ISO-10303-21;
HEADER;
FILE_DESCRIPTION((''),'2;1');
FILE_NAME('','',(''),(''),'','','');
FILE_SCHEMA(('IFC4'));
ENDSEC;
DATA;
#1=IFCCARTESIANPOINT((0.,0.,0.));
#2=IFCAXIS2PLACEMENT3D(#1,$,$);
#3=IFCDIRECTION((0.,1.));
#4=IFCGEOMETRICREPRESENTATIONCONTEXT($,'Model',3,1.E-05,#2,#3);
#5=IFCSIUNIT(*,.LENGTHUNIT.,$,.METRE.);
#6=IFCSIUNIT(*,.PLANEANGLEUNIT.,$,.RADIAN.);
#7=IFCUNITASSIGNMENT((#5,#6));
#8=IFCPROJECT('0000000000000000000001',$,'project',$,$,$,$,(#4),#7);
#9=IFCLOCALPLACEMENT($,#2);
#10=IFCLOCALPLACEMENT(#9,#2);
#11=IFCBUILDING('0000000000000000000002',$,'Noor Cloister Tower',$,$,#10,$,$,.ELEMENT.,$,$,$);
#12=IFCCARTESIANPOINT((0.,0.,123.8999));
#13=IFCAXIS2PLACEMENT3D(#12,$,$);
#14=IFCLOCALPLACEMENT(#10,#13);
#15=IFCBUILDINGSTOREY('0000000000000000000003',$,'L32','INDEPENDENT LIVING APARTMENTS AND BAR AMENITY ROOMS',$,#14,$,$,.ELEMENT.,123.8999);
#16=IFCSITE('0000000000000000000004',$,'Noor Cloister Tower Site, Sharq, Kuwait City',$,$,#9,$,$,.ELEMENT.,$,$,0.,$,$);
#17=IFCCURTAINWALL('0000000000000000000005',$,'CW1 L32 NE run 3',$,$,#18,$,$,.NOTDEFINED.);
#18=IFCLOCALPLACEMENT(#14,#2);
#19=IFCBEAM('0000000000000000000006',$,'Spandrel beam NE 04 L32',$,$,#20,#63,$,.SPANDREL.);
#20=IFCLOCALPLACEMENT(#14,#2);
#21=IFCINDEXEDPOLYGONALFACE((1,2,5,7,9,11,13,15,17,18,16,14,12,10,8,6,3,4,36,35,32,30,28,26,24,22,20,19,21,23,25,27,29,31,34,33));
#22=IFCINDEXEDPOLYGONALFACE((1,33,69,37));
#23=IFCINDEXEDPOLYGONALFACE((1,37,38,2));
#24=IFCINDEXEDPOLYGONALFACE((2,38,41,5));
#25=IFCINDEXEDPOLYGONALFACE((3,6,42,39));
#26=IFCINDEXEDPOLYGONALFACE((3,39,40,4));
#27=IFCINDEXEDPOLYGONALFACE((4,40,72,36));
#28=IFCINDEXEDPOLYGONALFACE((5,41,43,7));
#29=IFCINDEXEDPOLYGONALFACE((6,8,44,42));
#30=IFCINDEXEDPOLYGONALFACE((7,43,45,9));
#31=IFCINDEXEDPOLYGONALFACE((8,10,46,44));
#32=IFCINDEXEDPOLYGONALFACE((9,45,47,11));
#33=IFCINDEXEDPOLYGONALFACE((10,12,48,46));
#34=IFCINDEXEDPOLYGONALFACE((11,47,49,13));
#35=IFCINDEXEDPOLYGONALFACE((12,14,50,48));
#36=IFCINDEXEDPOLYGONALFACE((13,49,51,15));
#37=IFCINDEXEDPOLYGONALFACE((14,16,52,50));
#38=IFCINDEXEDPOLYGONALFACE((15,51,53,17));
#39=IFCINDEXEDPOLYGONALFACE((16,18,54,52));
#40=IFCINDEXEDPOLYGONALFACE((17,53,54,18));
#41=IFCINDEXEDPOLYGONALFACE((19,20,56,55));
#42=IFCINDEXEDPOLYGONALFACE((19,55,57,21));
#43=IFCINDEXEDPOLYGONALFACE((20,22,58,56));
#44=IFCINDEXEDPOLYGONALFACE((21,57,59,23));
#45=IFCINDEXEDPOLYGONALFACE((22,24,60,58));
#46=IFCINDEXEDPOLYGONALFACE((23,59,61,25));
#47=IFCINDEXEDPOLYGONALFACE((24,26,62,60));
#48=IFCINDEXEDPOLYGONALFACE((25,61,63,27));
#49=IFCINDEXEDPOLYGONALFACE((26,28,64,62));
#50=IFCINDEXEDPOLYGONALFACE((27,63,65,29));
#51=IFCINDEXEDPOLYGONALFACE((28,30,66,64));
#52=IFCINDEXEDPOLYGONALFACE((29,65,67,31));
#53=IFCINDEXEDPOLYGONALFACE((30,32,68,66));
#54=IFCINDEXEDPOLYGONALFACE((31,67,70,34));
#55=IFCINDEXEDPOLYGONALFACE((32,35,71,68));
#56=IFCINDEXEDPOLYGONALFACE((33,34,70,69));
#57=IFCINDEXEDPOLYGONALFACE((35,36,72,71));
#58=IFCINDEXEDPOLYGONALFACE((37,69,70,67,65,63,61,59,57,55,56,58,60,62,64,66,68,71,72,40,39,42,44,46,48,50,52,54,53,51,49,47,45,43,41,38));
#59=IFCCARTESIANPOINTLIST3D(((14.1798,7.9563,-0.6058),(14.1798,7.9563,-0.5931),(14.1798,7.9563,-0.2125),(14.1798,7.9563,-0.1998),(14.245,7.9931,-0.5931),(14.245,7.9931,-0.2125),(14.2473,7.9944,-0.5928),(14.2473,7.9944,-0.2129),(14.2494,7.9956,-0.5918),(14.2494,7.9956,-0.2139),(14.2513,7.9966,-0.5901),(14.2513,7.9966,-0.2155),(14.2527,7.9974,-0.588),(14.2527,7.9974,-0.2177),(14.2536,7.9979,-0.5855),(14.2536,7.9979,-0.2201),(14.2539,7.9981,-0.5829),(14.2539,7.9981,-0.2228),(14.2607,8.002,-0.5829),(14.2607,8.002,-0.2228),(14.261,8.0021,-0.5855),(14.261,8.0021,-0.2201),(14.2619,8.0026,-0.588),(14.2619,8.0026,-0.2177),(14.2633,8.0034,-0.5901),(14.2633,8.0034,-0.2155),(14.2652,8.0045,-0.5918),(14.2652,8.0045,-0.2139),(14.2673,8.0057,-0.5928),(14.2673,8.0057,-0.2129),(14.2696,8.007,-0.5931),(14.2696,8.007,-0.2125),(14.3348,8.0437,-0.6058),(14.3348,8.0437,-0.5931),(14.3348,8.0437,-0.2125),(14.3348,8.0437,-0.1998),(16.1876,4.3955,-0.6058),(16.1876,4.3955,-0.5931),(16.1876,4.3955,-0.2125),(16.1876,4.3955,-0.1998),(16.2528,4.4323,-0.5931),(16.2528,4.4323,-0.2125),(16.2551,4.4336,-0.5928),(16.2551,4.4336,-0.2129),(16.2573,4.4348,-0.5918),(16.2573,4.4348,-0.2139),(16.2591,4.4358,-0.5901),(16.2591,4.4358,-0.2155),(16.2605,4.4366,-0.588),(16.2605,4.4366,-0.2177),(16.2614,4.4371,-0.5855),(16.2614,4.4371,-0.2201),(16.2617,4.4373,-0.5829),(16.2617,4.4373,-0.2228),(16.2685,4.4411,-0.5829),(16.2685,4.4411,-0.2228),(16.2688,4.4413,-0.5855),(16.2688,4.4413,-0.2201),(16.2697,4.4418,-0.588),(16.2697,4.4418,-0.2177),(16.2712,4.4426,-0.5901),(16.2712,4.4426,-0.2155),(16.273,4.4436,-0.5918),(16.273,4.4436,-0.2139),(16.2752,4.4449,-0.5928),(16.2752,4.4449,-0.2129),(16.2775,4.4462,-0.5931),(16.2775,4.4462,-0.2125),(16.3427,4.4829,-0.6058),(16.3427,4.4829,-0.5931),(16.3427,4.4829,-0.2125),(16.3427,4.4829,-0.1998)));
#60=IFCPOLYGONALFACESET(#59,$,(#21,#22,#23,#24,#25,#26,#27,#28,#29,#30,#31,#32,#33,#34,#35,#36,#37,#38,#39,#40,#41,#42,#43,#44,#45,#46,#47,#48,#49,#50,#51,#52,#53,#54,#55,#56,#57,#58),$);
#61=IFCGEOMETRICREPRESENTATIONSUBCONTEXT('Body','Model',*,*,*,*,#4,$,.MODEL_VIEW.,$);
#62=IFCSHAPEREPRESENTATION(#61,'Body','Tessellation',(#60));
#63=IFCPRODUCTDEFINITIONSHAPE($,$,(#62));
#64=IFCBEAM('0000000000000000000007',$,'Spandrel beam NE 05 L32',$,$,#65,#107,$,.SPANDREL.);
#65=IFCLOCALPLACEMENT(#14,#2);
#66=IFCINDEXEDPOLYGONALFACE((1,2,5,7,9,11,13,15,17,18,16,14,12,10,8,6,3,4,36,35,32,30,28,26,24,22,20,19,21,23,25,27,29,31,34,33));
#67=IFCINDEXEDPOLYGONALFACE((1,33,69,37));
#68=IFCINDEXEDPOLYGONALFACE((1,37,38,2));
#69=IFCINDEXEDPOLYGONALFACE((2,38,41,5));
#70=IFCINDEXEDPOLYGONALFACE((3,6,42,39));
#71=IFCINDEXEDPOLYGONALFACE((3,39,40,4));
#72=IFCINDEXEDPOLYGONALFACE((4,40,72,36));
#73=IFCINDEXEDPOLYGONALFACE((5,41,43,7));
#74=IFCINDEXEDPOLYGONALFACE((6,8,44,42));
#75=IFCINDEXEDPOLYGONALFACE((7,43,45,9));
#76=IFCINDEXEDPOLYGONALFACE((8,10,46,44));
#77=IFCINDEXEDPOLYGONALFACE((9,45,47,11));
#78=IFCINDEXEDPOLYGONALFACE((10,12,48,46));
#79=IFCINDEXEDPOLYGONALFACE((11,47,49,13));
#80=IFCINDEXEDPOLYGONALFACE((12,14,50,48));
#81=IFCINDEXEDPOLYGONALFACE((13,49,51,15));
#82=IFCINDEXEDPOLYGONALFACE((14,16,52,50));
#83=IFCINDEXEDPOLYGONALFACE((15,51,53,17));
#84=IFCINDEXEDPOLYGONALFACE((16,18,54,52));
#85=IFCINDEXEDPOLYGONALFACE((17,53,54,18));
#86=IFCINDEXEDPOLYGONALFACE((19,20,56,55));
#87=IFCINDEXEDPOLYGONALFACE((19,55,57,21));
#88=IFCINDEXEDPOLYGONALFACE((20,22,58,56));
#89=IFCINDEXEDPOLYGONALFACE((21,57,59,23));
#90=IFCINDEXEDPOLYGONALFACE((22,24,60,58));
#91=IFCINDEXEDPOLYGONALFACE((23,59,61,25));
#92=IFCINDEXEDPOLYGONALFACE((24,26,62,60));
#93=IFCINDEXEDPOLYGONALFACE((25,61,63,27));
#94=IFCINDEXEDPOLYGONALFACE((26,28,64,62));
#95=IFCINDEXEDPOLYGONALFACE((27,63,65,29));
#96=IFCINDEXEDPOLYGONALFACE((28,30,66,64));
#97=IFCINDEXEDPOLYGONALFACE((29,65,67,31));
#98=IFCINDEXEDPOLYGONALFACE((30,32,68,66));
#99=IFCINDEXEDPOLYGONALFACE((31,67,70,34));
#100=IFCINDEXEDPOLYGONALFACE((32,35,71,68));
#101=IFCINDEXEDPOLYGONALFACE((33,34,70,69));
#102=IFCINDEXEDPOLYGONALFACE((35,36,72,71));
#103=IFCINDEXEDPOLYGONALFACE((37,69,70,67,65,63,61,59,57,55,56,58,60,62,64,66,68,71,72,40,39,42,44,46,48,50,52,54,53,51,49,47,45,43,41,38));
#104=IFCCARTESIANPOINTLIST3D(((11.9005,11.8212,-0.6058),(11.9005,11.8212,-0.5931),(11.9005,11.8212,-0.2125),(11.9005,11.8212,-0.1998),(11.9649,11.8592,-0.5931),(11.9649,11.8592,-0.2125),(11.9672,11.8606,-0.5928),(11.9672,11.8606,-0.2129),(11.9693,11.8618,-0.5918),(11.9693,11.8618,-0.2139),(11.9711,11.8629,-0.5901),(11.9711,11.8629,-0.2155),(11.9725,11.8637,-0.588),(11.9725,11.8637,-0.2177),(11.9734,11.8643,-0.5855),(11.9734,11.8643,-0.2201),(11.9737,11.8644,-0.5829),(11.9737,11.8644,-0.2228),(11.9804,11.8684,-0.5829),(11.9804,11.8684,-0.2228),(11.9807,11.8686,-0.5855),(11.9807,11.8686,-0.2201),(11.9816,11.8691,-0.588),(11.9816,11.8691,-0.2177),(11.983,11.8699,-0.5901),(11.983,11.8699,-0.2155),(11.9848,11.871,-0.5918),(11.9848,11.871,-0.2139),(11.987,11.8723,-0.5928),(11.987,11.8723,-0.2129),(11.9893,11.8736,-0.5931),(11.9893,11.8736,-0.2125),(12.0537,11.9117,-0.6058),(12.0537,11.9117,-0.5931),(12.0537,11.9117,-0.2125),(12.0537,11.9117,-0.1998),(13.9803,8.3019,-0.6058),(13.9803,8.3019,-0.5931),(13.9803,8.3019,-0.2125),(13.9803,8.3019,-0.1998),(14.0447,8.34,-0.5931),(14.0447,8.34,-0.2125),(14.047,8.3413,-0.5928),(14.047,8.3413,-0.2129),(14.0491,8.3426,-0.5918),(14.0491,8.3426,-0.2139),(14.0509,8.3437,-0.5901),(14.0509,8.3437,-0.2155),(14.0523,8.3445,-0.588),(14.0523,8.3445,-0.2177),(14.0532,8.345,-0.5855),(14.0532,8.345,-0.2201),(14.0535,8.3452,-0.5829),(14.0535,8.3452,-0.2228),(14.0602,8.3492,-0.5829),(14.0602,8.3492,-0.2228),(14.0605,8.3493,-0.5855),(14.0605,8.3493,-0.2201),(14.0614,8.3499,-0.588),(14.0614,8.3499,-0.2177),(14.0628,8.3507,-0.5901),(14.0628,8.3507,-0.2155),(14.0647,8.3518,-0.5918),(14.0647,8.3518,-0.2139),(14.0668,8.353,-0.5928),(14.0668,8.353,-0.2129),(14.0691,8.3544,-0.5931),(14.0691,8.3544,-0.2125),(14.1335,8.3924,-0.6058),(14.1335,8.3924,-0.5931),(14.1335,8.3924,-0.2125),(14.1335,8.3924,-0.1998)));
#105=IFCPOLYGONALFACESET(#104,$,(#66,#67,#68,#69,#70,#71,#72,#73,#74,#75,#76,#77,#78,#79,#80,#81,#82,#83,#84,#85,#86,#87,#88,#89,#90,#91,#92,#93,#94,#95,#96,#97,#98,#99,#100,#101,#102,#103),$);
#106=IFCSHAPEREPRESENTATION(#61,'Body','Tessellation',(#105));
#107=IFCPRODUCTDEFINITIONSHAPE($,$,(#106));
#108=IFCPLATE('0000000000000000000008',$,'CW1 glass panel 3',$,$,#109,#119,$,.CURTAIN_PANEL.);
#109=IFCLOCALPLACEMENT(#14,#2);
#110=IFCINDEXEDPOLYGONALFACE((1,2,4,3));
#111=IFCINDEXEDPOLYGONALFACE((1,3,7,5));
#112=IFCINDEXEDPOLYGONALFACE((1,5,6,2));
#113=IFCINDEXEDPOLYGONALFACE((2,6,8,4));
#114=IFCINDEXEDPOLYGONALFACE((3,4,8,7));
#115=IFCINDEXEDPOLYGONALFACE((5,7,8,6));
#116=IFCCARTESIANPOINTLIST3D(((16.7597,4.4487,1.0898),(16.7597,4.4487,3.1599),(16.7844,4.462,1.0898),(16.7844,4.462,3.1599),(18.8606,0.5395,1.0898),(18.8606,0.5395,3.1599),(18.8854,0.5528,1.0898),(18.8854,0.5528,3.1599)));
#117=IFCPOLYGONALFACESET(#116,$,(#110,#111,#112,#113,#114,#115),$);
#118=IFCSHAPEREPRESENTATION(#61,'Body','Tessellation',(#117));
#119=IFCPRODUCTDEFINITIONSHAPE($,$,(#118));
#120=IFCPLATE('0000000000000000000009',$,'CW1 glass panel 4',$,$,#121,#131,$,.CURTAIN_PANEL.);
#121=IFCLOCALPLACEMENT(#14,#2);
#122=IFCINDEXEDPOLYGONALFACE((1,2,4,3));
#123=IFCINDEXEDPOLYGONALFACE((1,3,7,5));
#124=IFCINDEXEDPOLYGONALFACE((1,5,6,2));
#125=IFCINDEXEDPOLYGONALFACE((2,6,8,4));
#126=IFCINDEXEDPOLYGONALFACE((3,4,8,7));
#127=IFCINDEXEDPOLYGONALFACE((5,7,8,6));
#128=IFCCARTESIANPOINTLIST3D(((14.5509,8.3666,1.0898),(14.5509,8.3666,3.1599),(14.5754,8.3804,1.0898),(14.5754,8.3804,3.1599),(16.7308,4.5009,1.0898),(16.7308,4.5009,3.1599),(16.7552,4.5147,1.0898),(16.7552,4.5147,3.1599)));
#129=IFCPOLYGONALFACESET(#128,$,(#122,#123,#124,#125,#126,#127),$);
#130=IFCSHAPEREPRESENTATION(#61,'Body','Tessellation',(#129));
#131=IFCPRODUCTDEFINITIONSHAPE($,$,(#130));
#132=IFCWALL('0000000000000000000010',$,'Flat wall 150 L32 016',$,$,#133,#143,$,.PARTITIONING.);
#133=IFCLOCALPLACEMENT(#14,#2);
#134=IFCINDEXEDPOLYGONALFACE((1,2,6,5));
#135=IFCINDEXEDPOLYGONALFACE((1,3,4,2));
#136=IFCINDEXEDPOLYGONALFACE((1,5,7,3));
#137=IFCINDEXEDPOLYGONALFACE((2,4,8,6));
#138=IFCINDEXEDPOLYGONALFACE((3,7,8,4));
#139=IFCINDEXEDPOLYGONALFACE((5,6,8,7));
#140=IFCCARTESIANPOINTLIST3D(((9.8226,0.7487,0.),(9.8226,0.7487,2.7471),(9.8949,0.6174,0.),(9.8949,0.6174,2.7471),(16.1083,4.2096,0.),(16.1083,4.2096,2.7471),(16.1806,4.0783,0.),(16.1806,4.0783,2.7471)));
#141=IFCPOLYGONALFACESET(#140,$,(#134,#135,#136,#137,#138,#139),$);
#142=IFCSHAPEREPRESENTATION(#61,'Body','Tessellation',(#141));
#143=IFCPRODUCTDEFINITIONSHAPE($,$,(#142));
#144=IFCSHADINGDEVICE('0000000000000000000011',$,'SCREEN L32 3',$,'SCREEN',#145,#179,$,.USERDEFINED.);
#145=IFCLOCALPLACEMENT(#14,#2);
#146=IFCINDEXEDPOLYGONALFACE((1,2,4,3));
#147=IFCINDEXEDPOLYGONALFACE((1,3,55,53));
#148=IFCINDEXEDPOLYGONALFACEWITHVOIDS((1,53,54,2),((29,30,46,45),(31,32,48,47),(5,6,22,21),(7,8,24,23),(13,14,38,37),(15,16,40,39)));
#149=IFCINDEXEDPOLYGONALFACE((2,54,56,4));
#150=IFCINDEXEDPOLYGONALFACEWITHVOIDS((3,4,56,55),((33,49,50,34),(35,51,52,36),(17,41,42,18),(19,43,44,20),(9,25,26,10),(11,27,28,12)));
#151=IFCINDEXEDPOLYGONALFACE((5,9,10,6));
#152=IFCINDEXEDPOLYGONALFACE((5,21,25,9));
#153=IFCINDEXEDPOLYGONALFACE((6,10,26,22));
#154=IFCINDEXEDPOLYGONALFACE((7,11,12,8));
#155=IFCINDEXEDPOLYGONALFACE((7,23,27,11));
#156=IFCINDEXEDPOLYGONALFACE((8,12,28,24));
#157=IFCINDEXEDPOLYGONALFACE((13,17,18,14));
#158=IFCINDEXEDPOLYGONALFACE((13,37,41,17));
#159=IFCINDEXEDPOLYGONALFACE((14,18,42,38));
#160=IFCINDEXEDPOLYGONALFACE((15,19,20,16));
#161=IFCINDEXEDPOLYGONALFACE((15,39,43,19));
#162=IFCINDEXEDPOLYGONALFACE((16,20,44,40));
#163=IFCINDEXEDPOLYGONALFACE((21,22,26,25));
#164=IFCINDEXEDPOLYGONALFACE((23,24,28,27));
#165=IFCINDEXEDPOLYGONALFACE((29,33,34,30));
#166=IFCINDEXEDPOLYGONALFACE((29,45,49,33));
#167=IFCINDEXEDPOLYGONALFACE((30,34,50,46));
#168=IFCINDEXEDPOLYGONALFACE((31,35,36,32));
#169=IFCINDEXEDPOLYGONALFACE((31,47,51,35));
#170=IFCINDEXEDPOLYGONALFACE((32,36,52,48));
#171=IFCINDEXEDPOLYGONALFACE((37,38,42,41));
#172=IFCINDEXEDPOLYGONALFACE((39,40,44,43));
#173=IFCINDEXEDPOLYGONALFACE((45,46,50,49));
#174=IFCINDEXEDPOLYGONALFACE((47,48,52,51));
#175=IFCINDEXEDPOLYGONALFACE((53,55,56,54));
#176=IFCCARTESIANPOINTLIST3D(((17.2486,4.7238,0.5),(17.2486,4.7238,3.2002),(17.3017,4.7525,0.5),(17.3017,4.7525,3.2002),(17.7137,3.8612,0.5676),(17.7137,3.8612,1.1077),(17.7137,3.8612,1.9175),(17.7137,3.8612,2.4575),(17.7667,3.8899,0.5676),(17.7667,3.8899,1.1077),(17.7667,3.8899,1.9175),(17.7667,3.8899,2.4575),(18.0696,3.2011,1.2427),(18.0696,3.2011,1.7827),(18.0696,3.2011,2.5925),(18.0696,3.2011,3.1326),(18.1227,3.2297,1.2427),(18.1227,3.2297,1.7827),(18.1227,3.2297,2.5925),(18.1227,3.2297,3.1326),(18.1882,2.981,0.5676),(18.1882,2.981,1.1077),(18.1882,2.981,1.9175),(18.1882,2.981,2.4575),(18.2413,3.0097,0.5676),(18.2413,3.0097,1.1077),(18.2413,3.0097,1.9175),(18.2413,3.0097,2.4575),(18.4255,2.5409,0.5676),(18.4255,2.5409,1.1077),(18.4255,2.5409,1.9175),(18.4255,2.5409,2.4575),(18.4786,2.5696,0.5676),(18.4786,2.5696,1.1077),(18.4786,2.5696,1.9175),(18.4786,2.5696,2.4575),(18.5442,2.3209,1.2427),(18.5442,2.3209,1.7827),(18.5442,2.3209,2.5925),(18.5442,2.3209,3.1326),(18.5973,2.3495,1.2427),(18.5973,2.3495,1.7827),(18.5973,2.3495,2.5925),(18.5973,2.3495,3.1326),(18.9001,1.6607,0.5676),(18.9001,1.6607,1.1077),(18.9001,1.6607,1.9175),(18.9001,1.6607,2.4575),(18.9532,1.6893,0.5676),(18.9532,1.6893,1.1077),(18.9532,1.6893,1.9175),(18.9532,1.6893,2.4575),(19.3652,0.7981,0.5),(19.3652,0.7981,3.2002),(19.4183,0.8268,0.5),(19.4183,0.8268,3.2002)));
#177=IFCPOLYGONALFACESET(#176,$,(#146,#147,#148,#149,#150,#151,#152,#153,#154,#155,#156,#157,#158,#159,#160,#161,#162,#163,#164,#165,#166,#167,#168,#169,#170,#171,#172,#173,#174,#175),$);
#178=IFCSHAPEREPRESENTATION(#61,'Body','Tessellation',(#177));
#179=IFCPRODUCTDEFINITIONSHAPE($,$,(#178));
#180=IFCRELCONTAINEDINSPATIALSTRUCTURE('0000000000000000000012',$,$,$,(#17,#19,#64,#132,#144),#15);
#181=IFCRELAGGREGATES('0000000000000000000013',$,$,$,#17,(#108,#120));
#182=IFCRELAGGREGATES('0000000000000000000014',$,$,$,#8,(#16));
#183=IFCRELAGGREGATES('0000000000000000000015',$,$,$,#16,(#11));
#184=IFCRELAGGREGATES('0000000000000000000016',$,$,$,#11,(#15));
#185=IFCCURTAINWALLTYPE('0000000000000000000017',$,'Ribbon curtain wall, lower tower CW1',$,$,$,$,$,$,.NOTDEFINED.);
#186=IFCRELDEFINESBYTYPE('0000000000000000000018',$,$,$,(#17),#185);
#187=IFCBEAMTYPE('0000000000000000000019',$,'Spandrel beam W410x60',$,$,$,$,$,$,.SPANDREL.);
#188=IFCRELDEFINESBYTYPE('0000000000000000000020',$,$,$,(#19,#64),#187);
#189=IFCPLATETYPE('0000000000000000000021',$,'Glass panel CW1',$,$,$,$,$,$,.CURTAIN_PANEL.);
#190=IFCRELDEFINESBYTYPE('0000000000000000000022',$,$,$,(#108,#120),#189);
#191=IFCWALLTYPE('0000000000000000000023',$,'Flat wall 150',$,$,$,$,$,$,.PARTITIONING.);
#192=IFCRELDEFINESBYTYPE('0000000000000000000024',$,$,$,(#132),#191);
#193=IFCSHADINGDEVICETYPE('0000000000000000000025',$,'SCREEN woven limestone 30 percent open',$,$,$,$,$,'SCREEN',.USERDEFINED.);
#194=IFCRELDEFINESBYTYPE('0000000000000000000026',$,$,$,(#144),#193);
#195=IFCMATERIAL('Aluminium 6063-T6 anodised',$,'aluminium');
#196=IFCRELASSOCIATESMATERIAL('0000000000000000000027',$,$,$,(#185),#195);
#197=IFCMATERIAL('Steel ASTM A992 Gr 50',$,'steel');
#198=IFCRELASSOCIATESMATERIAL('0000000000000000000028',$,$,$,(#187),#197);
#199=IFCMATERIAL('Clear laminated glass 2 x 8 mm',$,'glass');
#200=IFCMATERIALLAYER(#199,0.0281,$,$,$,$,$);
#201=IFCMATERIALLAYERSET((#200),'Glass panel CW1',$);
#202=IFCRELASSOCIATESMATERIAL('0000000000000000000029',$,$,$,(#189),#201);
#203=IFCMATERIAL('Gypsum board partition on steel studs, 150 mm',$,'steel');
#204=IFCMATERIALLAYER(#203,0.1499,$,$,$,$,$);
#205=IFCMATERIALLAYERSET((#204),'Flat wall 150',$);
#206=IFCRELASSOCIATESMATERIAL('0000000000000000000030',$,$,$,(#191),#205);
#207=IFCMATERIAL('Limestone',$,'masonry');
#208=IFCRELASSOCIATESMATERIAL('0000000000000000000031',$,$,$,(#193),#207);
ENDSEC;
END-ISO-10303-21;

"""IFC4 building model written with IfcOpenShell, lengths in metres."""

from ifc_helpers import new_model, si_unit, direction, frame, frame_2d, origin, origin_2d, place, context, subcontext, project, spatial, polyline, rectangle, i_section, outline, extrude, material, layer, layer_set, material_profile, profile_set, type_object, element, aggregate, save


model = new_model("IFC4")

# Units and contexts
model_context = context("Model", 3, precision=1e-05, world=origin(), true_north=direction((0.0, 1.0)))
body_context = subcontext(model_context, "Body", "Model", "MODEL_VIEW")
ifc_project = project(units=[si_unit("LENGTHUNIT", "METRE"), si_unit("PLANEANGLEUNIT", "RADIAN")], contexts=[model_context])

# Site, building, storey
site_placement = place(None, origin())
site = spatial("IfcSite", under=ifc_project, at=site_placement, Name="Noor Cloister Tower Site, Sharq, Kuwait City", CompositionType="ELEMENT", RefElevation=0.0)
building_placement = place(site_placement, origin())
building = spatial("IfcBuilding", under=site, at=building_placement, Name="Noor Cloister Tower", CompositionType="ELEMENT")
storey_placement = place(building_placement, frame((0.0, 0.0, 123.8999)))
storey = spatial("IfcBuildingStorey", under=building, at=storey_placement, Name="L32", Description="INDEPENDENT LIVING APARTMENTS AND BAR AMENITY ROOMS", CompositionType="ELEMENT", Elevation=123.8999)

# Curtain wall
ifc_material_1 = material(Name="Aluminium 6063-T6 anodised", Category="aluminium")
curtain_wall_type = type_object("IfcCurtainWallType", Name="Ribbon curtain wall, lower tower CW1", PredefinedType="NOTDEFINED", material=ifc_material_1)
curtain_wall_placement = place(storey_placement, origin())
curtain_wall = element("IfcCurtainWall", 1, at=curtain_wall_placement, inside=storey, type_object=curtain_wall_type, Name="CW1 L32 NE run 3", PredefinedType="NOTDEFINED")

# Beams
ifc_material_2 = material(Name="Steel ASTM A992 Gr 50", Category="steel")
ifc_material_profile_1 = material_profile(ifc_material_2, i_section(OverallWidth=0.178, OverallDepth=0.406, WebThickness=0.0078, FlangeThickness=0.0127, FilletRadius=0.0103, at=origin_2d()), Name="W410x60")
ifc_profile_set_1 = profile_set([ifc_material_profile_1], Name="Steel ASTM A992 Gr 50")
beam_type_1 = type_object("IfcBeamType", Name="Spandrel beam W410x60", PredefinedType="SPANDREL", material=ifc_profile_set_1)
for number, where, z_axis, x_axis, name in (
    (2, (16.2651, 4.4392, -0.4028), (-0.491166, 0.871066, 0.0), (-0.871066, -0.491166, 0.0), "Spandrel beam NE 04 L32"),
    (3, (14.0569, 8.3472, -0.4028), (-0.508776, 0.860899, 0.0), (-0.860899, -0.508776, 0.0), "Spandrel beam NE 05 L32"),
):
    element("IfcBeam", number, at=place(storey_placement, frame(where, z_axis=z_axis, x_axis=x_axis)), inside=storey, type_object=beam_type_1, Name=name, PredefinedType="SPANDREL", context=body_context, shape_type="SweptSolid", body=[
        extrude(i_section(OverallWidth=0.178, OverallDepth=0.406, WebThickness=0.0078, FlangeThickness=0.0127, FilletRadius=0.0103, at=origin_2d()), origin(), (0.0, 0.0, 1.0), 4.0879),
    ])

# Plates
ifc_material_3 = material(Name="Clear laminated glass 2 x 8 mm", Category="glass")
ifc_layer_1 = layer(ifc_material_3, 0.0281)
ifc_layer_set_1 = layer_set([ifc_layer_1], Name="Glass panel CW1")
plate_type = type_object("IfcPlateType", Name="Glass panel CW1", PredefinedType="CURTAIN_PANEL", material=ifc_layer_set_1)
plate_1_placement = place(storey_placement, frame((17.8225, 2.5007, 1.0898), z_axis=(0.0, 0.0, 1.0), x_axis=(-0.473409, 0.880843, 0.0)))
plate_1 = element("IfcPlate", 4, at=plate_1_placement, type_object=plate_type, Name="CW1 glass panel 3", PredefinedType="CURTAIN_PANEL", context=body_context, shape_type="SweptSolid", body=[
    extrude(rectangle(XDim=4.438, YDim=0.0281, at=origin_2d()), origin(), (0.0, 0.0, 1.0), 2.0701),
])
plate_2_placement = place(storey_placement, frame((15.6531, 6.4407, 1.0898), z_axis=(0.0, 0.0, 1.0), x_axis=(-0.491187, 0.871054, 0.0)))
plate_2 = element("IfcPlate", 5, at=plate_2_placement, type_object=plate_type, Name="CW1 glass panel 4", PredefinedType="CURTAIN_PANEL", context=body_context, shape_type="SweptSolid", body=[
    extrude(rectangle(XDim=4.438, YDim=0.0281, at=origin_2d()), origin(), (0.0, 0.0, 1.0), 2.0701),
])
aggregate(curtain_wall, [plate_1, plate_2])

# Wall
ifc_material_4 = material(Name="Gypsum board partition on steel studs, 150 mm", Category="steel")
ifc_layer_2 = layer(ifc_material_4, 0.1499)
ifc_layer_set_2 = layer_set([ifc_layer_2], Name="Flat wall 150")
wall_type = type_object("IfcWallType", Name="Flat wall 150", PredefinedType="PARTITIONING", material=ifc_layer_set_2)
wall_placement = place(storey_placement, frame((16.1445, 4.144, 0.0), z_axis=(0.0, 0.0, 1.0), x_axis=(-0.87599, -0.482329, 0.0)))
element("IfcWall", 6, at=wall_placement, inside=storey, type_object=wall_type, Name="Flat wall 150 L32 016", PredefinedType="PARTITIONING", context=body_context, shape_type="SweptSolid", body=[
    extrude(rectangle(XDim=7.1755, YDim=0.1499, at=frame_2d((3.5879, 0.0))), origin(), (0.0, 0.0, 1.0), 2.7471),
])

# Shading device
ifc_material_5 = material(Name="Limestone", Category="masonry")
ifc_material_profile_2 = material_profile(ifc_material_5, outline(polyline([(-2.23, -1.3501), (2.23, -1.3501), (2.23, 1.3501), (-2.23, 1.3501), (-2.23, -1.3501)]), holes=[polyline([(-1.25, -1.2825), (-0.25, -1.2825), (-0.25, -0.7424), (-1.25, -0.7424), (-1.25, -1.2825)]), polyline([(0.25, -1.2825), (1.25, -1.2825), (1.25, -0.7424), (0.25, -0.7424), (0.25, -1.2825)]), polyline([(-0.5, -0.6074), (0.5, -0.6074), (0.5, -0.0674), (-0.5, -0.0674), (-0.5, -0.6074)]), polyline([(-1.25, 0.0674), (-0.25, 0.0674), (-0.25, 0.6074), (-1.25, 0.6074), (-1.25, 0.0674)]), polyline([(0.25, 0.0674), (1.25, 0.0674), (1.25, 0.6074), (0.25, 0.6074), (0.25, 0.0674)]), polyline([(-0.5, 0.7424), (0.5, 0.7424), (0.5, 1.2825), (-0.5, 1.2825), (-0.5, 0.7424)])]), Name="Woven screen 30 percent open")
ifc_profile_set_2 = profile_set([ifc_material_profile_2], Name="Limestone")
shading_device_type = type_object("IfcShadingDeviceType", Name="SCREEN woven limestone 30 percent open", ElementType="SCREEN", PredefinedType="USERDEFINED", material=ifc_profile_set_2)
shading_device_1_placement = place(storey_placement, frame((18.3069, 2.761, 1.8501), z_axis=(0.88021, 0.474584, 0.0), x_axis=(-0.474584, 0.88021, 0.0)))
element("IfcShadingDevice", 7, at=shading_device_1_placement, inside=storey, type_object=shading_device_type, Name="SCREEN L32 3", ObjectType="SCREEN", PredefinedType="USERDEFINED", context=body_context, shape_type="SweptSolid", body=[
    extrude(outline(polyline([(-2.23, -1.3501), (2.23, -1.3501), (2.23, 1.3501), (-2.23, 1.3501), (-2.23, -1.3501)]), holes=[polyline([(-1.25, -1.2825), (-0.25, -1.2825), (-0.25, -0.7424), (-1.25, -0.7424), (-1.25, -1.2825)]), polyline([(0.25, -1.2825), (1.25, -1.2825), (1.25, -0.7424), (0.25, -0.7424), (0.25, -1.2825)]), polyline([(-0.5, -0.6074), (0.5, -0.6074), (0.5, -0.0674), (-0.5, -0.0674), (-0.5, -0.6074)]), polyline([(-1.25, 0.0674), (-0.25, 0.0674), (-0.25, 0.6074), (-1.25, 0.6074), (-1.25, 0.0674)]), polyline([(0.25, 0.0674), (1.25, 0.0674), (1.25, 0.6074), (0.25, 0.6074), (0.25, 0.0674)]), polyline([(-0.5, 0.7424), (0.5, 0.7424), (0.5, 1.2825), (-0.5, 1.2825), (-0.5, 0.7424)])]), origin(), (0.0, 0.0, 1.0), 0.0603),
])

save(model, "model.ifc")
